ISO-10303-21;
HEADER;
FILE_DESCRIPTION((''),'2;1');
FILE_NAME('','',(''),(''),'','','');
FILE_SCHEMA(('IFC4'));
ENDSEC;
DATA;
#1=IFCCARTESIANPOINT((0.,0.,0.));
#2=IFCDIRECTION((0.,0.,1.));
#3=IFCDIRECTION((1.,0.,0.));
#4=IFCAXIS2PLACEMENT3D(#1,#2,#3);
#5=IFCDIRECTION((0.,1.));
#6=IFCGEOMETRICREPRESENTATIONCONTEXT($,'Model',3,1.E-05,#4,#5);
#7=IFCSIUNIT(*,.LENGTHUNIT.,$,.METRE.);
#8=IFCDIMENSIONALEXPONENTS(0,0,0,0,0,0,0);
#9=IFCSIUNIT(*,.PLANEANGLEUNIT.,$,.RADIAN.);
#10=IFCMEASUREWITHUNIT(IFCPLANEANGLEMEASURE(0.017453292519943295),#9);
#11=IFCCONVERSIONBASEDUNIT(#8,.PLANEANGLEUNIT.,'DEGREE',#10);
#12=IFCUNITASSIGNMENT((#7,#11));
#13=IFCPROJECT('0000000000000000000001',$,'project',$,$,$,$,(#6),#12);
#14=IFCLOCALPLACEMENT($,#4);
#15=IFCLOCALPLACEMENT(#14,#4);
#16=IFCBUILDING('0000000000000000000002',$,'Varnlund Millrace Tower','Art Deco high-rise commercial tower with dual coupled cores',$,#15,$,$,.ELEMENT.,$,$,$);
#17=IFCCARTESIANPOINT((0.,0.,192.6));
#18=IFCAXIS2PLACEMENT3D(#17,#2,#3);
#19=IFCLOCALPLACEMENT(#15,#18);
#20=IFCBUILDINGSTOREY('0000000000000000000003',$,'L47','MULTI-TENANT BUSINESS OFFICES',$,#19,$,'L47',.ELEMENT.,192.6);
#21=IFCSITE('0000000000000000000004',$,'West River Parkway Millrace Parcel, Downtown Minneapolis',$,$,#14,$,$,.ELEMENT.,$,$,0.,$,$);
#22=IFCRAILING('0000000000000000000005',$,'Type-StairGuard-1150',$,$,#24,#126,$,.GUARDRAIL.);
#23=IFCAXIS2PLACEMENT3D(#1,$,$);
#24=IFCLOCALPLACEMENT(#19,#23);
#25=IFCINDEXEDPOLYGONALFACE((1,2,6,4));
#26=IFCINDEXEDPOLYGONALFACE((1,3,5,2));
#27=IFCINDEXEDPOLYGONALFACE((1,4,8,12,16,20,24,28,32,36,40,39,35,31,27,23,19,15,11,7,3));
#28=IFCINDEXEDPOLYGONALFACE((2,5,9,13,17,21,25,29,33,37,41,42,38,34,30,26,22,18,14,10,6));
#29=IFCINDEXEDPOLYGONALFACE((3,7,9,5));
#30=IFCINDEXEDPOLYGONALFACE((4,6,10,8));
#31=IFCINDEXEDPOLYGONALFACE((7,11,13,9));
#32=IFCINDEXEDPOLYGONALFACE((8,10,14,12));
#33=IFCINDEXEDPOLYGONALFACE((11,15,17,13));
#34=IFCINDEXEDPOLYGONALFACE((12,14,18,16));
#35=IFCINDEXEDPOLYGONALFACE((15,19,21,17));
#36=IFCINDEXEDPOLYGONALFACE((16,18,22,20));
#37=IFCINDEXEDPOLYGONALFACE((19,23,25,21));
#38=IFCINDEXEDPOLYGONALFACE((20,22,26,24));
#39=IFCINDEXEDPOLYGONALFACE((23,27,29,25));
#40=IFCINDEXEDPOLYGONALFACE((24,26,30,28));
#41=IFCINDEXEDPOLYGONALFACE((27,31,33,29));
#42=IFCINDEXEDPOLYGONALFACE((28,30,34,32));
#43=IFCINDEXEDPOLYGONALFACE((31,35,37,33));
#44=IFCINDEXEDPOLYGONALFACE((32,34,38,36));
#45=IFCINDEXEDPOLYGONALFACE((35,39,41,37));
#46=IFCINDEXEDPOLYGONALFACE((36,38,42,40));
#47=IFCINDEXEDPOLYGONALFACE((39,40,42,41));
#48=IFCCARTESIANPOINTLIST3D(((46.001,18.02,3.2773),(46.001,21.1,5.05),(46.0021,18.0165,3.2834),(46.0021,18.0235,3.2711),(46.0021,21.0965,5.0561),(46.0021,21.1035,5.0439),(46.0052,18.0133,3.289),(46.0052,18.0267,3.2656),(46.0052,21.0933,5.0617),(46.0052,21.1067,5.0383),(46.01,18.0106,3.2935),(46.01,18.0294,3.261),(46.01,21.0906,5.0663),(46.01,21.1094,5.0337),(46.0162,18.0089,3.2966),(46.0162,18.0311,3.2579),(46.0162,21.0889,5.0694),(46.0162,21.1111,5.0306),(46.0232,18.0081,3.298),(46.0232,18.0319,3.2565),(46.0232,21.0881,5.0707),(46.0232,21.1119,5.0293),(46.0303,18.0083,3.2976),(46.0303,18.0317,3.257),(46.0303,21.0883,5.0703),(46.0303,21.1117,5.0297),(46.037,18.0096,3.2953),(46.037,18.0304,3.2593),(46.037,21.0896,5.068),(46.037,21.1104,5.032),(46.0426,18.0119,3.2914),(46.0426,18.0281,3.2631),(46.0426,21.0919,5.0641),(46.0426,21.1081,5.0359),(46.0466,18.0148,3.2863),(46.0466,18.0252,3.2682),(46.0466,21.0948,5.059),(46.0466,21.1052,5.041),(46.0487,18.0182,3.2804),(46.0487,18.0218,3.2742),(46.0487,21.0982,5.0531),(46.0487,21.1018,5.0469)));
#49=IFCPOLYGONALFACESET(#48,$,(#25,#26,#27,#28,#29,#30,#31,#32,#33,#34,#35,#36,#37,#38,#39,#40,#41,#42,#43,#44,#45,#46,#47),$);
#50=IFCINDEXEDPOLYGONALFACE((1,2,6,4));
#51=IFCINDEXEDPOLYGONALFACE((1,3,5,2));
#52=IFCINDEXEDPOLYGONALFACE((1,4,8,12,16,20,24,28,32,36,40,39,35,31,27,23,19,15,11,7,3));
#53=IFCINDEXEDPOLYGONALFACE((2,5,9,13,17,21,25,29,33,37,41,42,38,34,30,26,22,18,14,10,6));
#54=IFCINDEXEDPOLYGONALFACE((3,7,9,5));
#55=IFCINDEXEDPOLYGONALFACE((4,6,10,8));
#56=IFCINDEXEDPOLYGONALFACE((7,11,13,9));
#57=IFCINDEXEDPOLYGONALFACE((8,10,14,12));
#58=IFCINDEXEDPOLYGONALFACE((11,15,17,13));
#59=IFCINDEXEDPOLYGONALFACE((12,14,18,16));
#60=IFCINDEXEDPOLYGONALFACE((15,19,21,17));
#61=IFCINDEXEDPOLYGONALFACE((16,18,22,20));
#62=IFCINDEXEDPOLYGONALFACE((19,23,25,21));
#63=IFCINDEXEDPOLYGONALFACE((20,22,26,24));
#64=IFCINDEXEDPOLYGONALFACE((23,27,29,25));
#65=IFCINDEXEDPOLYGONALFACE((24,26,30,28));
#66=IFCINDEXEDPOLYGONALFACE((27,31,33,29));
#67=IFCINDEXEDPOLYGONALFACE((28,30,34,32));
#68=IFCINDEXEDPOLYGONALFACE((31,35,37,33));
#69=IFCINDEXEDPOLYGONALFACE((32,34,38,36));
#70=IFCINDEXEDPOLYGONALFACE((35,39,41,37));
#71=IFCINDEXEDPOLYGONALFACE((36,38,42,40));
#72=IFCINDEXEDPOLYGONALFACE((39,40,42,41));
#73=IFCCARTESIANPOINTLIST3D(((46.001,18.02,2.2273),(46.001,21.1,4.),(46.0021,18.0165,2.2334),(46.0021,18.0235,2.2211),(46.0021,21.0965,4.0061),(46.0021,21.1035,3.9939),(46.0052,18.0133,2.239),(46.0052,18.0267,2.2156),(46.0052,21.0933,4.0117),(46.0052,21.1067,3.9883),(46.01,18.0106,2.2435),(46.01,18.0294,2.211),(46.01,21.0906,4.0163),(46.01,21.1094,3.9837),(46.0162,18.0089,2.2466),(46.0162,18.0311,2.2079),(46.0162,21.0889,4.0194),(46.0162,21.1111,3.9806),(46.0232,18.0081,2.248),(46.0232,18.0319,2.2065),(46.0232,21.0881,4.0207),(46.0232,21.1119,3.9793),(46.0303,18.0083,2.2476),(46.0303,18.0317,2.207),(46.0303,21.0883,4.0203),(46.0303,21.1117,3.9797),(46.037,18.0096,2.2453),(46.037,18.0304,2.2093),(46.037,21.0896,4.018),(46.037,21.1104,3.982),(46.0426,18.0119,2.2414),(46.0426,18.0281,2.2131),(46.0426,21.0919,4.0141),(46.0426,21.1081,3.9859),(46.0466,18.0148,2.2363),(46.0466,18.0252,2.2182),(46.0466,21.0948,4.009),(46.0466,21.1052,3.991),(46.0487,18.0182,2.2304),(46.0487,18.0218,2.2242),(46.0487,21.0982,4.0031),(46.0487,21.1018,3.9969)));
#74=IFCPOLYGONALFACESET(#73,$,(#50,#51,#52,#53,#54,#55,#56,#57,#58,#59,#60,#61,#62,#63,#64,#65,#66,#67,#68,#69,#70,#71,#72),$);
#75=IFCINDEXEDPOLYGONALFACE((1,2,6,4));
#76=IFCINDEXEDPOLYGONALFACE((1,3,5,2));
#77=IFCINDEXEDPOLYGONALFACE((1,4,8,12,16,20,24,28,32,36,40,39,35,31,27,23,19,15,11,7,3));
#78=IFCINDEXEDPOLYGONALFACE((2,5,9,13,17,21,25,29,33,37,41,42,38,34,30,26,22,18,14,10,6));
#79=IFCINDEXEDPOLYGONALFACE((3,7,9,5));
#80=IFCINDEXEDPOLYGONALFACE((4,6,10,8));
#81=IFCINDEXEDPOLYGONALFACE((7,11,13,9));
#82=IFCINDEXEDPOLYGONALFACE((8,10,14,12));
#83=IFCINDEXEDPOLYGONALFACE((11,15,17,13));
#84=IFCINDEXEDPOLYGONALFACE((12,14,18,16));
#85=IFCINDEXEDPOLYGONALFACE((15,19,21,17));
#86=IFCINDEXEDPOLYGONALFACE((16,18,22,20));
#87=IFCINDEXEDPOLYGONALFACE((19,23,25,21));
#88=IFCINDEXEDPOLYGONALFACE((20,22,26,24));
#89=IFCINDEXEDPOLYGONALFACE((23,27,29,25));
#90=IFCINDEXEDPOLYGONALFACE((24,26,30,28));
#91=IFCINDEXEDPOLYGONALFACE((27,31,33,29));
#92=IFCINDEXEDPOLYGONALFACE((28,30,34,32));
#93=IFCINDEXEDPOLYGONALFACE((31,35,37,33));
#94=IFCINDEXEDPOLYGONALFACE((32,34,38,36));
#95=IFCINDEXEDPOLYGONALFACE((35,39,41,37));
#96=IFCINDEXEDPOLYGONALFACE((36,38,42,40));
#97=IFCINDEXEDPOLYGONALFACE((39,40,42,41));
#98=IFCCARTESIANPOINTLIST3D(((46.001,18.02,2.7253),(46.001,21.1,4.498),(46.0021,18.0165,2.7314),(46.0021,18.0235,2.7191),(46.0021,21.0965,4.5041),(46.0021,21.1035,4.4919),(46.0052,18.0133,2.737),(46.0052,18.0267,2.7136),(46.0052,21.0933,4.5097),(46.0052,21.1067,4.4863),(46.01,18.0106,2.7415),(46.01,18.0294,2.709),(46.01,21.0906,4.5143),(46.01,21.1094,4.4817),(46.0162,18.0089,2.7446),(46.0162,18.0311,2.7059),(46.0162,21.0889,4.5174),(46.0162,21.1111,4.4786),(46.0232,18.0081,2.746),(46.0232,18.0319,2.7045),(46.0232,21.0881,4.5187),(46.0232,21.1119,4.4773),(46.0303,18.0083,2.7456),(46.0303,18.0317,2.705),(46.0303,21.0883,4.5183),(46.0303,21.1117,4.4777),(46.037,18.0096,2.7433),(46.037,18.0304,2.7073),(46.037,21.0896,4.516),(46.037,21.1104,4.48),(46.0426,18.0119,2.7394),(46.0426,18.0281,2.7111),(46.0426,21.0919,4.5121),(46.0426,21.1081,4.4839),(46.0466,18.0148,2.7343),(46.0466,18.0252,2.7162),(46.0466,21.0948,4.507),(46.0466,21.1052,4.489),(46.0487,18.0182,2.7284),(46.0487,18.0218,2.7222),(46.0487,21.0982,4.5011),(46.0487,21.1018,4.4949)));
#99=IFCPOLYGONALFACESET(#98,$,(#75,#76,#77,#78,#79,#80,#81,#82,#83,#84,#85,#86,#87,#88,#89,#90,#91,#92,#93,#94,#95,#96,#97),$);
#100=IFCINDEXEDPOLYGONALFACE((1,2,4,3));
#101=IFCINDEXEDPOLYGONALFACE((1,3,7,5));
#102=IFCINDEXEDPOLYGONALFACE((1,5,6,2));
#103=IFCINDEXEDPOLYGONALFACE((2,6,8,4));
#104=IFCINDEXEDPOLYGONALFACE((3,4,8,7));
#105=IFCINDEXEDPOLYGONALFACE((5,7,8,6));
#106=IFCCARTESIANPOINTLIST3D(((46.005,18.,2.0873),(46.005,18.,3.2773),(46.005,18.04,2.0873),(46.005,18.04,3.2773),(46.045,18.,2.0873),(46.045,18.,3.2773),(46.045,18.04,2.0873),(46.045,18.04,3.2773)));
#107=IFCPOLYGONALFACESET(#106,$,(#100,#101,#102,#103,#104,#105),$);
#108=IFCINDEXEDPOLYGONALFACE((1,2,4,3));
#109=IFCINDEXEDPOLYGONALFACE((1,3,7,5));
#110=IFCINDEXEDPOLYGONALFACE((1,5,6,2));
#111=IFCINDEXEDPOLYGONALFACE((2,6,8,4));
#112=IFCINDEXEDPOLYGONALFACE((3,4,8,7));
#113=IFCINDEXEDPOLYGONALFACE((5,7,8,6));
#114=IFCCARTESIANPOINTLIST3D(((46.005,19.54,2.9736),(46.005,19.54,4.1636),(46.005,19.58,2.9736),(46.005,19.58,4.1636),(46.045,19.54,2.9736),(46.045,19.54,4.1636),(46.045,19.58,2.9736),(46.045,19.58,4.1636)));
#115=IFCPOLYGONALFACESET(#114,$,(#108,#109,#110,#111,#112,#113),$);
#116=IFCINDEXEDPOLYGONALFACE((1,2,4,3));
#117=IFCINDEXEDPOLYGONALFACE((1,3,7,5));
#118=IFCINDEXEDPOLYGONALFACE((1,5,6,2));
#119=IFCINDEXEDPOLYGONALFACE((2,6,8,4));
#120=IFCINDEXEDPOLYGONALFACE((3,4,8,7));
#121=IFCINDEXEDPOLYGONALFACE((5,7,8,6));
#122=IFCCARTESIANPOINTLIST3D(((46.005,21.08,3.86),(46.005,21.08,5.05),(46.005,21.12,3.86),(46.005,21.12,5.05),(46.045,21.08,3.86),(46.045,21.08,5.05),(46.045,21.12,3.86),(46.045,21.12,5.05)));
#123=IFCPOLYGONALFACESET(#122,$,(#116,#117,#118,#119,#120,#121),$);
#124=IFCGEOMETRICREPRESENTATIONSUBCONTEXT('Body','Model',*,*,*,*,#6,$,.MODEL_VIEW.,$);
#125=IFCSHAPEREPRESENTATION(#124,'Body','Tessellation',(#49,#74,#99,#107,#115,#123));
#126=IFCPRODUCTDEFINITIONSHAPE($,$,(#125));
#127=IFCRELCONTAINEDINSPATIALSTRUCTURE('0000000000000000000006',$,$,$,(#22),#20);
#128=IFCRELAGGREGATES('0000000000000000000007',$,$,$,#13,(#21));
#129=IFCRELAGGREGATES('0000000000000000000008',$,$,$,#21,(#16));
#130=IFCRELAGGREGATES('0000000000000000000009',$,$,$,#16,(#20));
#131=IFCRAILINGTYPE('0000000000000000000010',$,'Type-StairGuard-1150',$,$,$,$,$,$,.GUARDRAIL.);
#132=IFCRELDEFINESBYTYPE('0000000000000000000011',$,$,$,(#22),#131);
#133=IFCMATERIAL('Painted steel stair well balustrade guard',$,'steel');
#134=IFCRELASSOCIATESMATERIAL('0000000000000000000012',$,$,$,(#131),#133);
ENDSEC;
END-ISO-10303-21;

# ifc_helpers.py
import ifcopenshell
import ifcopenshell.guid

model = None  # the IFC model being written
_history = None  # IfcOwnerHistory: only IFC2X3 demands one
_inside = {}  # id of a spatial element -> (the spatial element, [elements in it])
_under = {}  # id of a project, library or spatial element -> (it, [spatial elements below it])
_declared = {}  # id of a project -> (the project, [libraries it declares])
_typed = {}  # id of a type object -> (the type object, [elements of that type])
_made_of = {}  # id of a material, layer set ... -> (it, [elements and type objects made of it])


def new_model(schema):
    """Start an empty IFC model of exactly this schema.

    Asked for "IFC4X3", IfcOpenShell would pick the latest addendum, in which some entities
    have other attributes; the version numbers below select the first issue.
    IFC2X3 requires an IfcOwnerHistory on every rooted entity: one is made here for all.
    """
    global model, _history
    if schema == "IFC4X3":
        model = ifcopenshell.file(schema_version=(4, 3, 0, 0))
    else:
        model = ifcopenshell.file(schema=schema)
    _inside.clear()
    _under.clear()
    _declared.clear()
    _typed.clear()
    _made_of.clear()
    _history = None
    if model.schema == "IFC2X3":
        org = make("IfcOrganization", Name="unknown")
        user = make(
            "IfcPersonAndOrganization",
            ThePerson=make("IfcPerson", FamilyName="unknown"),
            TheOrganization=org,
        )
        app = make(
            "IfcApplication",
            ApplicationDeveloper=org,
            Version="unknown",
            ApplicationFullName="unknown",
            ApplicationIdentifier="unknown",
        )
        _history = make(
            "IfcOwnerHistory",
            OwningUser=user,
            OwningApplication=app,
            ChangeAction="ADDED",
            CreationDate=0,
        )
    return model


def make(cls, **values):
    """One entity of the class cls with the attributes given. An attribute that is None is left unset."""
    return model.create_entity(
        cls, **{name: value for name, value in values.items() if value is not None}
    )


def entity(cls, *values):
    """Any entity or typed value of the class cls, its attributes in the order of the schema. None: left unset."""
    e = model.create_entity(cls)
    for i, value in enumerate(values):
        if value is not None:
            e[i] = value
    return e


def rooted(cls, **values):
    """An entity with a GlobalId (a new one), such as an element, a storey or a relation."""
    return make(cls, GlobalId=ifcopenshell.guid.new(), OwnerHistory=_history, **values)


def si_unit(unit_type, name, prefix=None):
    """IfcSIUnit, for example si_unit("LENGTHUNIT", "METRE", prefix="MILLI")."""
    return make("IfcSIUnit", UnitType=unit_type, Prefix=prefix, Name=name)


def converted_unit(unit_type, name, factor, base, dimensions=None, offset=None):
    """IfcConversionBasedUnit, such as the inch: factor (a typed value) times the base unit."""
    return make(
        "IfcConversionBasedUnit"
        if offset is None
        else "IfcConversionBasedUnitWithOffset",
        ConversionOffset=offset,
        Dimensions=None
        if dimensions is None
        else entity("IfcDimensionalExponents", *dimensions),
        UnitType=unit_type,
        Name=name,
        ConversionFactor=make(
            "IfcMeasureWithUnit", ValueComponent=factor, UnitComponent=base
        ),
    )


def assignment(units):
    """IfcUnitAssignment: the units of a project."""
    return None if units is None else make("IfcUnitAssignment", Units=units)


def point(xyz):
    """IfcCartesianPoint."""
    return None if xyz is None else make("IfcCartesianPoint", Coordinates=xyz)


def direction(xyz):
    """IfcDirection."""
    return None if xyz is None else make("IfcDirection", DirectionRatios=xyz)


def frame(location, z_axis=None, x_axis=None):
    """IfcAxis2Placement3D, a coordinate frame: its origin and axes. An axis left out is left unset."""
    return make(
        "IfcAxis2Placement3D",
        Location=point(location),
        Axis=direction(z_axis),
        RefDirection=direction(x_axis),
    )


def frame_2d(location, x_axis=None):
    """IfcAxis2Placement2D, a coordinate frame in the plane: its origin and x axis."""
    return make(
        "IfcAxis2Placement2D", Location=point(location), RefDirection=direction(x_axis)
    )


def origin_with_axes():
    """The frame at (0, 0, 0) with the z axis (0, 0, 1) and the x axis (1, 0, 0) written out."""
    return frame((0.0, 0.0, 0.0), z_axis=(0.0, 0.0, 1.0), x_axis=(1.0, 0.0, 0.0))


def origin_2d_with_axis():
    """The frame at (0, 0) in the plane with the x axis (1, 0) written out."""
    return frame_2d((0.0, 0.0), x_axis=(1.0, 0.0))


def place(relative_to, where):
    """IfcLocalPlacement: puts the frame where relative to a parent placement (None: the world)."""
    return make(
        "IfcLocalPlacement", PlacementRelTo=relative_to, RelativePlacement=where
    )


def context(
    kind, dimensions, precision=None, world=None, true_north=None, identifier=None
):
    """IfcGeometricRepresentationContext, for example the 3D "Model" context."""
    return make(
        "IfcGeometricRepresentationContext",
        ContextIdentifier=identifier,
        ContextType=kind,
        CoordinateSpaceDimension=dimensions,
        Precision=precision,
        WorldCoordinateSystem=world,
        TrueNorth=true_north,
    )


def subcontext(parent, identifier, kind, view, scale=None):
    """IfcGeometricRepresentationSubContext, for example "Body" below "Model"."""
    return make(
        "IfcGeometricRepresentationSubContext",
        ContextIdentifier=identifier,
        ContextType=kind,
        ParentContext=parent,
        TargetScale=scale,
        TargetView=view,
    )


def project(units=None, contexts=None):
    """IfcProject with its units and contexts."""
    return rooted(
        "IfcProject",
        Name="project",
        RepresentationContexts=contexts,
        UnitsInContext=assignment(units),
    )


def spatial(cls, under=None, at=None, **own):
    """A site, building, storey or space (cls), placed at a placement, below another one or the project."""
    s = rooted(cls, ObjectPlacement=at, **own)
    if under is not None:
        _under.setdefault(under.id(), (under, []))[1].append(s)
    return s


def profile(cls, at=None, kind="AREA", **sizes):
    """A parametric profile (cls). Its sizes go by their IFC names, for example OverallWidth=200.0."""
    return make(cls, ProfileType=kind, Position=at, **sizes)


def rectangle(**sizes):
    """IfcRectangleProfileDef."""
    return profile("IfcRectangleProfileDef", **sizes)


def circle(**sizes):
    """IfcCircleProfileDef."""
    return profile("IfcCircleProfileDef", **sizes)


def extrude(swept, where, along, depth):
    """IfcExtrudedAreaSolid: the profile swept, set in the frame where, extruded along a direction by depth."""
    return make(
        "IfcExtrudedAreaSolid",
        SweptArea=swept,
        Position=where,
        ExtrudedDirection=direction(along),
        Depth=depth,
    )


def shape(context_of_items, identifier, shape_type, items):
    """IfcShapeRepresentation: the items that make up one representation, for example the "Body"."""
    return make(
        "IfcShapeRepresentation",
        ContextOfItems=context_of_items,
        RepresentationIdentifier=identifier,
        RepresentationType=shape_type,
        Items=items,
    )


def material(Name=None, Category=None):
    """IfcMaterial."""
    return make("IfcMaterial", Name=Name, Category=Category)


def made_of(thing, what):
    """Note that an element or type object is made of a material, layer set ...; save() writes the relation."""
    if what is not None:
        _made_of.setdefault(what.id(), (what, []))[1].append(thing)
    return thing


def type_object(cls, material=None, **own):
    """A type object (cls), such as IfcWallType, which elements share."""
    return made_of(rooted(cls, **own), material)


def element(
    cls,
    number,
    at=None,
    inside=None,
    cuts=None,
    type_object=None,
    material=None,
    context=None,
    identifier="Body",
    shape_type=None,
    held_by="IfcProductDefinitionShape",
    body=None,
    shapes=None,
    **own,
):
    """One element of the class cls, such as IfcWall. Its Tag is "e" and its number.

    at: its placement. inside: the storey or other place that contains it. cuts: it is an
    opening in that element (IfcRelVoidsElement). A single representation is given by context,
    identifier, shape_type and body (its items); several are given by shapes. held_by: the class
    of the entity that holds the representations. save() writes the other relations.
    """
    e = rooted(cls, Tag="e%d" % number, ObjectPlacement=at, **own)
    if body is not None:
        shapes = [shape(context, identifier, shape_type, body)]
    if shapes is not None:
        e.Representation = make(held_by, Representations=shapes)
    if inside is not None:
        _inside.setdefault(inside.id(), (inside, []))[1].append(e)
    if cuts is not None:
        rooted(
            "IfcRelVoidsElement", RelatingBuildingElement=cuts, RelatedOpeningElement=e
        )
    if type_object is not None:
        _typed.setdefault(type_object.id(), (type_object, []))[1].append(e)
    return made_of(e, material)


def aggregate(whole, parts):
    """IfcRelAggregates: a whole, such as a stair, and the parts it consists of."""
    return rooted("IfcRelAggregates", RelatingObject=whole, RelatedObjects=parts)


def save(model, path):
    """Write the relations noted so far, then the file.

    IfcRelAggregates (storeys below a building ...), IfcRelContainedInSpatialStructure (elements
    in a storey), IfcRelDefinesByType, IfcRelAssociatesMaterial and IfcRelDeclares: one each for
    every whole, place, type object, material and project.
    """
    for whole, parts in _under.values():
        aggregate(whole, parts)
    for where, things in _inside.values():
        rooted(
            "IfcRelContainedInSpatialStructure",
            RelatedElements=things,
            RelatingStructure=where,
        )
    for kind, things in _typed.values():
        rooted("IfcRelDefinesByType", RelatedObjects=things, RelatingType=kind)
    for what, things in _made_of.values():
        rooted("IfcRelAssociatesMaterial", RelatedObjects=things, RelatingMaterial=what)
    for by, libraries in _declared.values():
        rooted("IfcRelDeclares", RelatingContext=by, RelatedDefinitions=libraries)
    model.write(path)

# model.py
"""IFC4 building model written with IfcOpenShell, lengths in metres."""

from ifc_helpers import new_model, entity, si_unit, converted_unit, direction, frame, origin_with_axes, origin_2d_with_axis, place, context, subcontext, project, spatial, rectangle, circle, extrude, material, type_object, element, save


model = new_model("IFC4")

# Units and contexts
model_context = context("Model", 3, precision=1e-05, world=origin_with_axes(), true_north=direction((0.0, 1.0)))
body_context = subcontext(model_context, "Body", "Model", "MODEL_VIEW")
ifc_project = project(units=[si_unit("LENGTHUNIT", "METRE"), converted_unit("PLANEANGLEUNIT", "DEGREE", entity("IfcPlaneAngleMeasure", 0.017453292519943295), si_unit("PLANEANGLEUNIT", "RADIAN"), dimensions=[0, 0, 0, 0, 0, 0, 0])], contexts=[model_context])

# Site, building, storey
site_placement = place(None, origin_with_axes())
site = spatial("IfcSite", under=ifc_project, at=site_placement, Name="West River Parkway Millrace Parcel, Downtown Minneapolis", CompositionType="ELEMENT", RefElevation=0.0)
building_placement = place(site_placement, origin_with_axes())
building = spatial("IfcBuilding", under=site, at=building_placement, Name="Varnlund Millrace Tower", Description="Art Deco high-rise commercial tower with dual coupled cores", CompositionType="ELEMENT")
storey_placement = place(building_placement, frame((0.0, 0.0, 192.6), z_axis=(0.0, 0.0, 1.0), x_axis=(1.0, 0.0, 0.0)))
storey = spatial("IfcBuildingStorey", under=building, at=storey_placement, Name="L47", Description="MULTI-TENANT BUSINESS OFFICES", LongName="L47", CompositionType="ELEMENT", Elevation=192.6)

# Railing
ifc_material_1 = material(Name="Painted steel stair well balustrade guard", Category="steel")
railing_type_1 = type_object("IfcRailingType", Name="Type-StairGuard-1150", PredefinedType="GUARDRAIL", material=ifc_material_1)
railing_1_placement = place(storey_placement, frame((0.0, 0.0, -192.6), z_axis=(0.0, 0.0, 1.0), x_axis=(1.0, 0.0, 0.0)))
element("IfcRailing", 1, at=railing_1_placement, inside=storey, type_object=railing_type_1, Name="Type-StairGuard-1150", PredefinedType="GUARDRAIL", context=body_context, shape_type="SweptSolid", body=[
    extrude(circle(Radius=0.024, at=origin_2d_with_axis()), frame((46.025, 18.02, 195.8773), z_axis=(0.0, 0.866696, 0.498836), x_axis=(-1.0, 0.0, 0.0)), (0.0, 0.0, 1.0), 3.5537),
    extrude(circle(Radius=0.024, at=origin_2d_with_axis()), frame((46.025, 18.02, 194.8273), z_axis=(0.0, 0.866696, 0.498836), x_axis=(-1.0, 0.0, 0.0)), (0.0, 0.0, 1.0), 3.5537),
    extrude(circle(Radius=0.024, at=origin_2d_with_axis()), frame((46.025, 18.02, 195.3253), z_axis=(0.0, 0.866696, 0.498836), x_axis=(-1.0, 0.0, 0.0)), (0.0, 0.0, 1.0), 3.5537),
    extrude(rectangle(XDim=0.04, YDim=0.04, at=origin_2d_with_axis()), frame((46.025, 18.02, 194.6873), z_axis=(0.0, 0.0, 1.0), x_axis=(1.0, 0.0, 0.0)), (0.0, 0.0, 1.0), 1.19),
    extrude(rectangle(XDim=0.04, YDim=0.04, at=origin_2d_with_axis()), frame((46.025, 19.56, 195.5736), z_axis=(0.0, 0.0, 1.0), x_axis=(1.0, 0.0, 0.0)), (0.0, 0.0, 1.0), 1.19),
    extrude(rectangle(XDim=0.04, YDim=0.04, at=origin_2d_with_axis()), frame((46.025, 21.1, 196.46), z_axis=(0.0, 0.0, 1.0), x_axis=(1.0, 0.0, 0.0)), (0.0, 0.0, 1.0), 1.19),
])

save(model, "model.ifc")
